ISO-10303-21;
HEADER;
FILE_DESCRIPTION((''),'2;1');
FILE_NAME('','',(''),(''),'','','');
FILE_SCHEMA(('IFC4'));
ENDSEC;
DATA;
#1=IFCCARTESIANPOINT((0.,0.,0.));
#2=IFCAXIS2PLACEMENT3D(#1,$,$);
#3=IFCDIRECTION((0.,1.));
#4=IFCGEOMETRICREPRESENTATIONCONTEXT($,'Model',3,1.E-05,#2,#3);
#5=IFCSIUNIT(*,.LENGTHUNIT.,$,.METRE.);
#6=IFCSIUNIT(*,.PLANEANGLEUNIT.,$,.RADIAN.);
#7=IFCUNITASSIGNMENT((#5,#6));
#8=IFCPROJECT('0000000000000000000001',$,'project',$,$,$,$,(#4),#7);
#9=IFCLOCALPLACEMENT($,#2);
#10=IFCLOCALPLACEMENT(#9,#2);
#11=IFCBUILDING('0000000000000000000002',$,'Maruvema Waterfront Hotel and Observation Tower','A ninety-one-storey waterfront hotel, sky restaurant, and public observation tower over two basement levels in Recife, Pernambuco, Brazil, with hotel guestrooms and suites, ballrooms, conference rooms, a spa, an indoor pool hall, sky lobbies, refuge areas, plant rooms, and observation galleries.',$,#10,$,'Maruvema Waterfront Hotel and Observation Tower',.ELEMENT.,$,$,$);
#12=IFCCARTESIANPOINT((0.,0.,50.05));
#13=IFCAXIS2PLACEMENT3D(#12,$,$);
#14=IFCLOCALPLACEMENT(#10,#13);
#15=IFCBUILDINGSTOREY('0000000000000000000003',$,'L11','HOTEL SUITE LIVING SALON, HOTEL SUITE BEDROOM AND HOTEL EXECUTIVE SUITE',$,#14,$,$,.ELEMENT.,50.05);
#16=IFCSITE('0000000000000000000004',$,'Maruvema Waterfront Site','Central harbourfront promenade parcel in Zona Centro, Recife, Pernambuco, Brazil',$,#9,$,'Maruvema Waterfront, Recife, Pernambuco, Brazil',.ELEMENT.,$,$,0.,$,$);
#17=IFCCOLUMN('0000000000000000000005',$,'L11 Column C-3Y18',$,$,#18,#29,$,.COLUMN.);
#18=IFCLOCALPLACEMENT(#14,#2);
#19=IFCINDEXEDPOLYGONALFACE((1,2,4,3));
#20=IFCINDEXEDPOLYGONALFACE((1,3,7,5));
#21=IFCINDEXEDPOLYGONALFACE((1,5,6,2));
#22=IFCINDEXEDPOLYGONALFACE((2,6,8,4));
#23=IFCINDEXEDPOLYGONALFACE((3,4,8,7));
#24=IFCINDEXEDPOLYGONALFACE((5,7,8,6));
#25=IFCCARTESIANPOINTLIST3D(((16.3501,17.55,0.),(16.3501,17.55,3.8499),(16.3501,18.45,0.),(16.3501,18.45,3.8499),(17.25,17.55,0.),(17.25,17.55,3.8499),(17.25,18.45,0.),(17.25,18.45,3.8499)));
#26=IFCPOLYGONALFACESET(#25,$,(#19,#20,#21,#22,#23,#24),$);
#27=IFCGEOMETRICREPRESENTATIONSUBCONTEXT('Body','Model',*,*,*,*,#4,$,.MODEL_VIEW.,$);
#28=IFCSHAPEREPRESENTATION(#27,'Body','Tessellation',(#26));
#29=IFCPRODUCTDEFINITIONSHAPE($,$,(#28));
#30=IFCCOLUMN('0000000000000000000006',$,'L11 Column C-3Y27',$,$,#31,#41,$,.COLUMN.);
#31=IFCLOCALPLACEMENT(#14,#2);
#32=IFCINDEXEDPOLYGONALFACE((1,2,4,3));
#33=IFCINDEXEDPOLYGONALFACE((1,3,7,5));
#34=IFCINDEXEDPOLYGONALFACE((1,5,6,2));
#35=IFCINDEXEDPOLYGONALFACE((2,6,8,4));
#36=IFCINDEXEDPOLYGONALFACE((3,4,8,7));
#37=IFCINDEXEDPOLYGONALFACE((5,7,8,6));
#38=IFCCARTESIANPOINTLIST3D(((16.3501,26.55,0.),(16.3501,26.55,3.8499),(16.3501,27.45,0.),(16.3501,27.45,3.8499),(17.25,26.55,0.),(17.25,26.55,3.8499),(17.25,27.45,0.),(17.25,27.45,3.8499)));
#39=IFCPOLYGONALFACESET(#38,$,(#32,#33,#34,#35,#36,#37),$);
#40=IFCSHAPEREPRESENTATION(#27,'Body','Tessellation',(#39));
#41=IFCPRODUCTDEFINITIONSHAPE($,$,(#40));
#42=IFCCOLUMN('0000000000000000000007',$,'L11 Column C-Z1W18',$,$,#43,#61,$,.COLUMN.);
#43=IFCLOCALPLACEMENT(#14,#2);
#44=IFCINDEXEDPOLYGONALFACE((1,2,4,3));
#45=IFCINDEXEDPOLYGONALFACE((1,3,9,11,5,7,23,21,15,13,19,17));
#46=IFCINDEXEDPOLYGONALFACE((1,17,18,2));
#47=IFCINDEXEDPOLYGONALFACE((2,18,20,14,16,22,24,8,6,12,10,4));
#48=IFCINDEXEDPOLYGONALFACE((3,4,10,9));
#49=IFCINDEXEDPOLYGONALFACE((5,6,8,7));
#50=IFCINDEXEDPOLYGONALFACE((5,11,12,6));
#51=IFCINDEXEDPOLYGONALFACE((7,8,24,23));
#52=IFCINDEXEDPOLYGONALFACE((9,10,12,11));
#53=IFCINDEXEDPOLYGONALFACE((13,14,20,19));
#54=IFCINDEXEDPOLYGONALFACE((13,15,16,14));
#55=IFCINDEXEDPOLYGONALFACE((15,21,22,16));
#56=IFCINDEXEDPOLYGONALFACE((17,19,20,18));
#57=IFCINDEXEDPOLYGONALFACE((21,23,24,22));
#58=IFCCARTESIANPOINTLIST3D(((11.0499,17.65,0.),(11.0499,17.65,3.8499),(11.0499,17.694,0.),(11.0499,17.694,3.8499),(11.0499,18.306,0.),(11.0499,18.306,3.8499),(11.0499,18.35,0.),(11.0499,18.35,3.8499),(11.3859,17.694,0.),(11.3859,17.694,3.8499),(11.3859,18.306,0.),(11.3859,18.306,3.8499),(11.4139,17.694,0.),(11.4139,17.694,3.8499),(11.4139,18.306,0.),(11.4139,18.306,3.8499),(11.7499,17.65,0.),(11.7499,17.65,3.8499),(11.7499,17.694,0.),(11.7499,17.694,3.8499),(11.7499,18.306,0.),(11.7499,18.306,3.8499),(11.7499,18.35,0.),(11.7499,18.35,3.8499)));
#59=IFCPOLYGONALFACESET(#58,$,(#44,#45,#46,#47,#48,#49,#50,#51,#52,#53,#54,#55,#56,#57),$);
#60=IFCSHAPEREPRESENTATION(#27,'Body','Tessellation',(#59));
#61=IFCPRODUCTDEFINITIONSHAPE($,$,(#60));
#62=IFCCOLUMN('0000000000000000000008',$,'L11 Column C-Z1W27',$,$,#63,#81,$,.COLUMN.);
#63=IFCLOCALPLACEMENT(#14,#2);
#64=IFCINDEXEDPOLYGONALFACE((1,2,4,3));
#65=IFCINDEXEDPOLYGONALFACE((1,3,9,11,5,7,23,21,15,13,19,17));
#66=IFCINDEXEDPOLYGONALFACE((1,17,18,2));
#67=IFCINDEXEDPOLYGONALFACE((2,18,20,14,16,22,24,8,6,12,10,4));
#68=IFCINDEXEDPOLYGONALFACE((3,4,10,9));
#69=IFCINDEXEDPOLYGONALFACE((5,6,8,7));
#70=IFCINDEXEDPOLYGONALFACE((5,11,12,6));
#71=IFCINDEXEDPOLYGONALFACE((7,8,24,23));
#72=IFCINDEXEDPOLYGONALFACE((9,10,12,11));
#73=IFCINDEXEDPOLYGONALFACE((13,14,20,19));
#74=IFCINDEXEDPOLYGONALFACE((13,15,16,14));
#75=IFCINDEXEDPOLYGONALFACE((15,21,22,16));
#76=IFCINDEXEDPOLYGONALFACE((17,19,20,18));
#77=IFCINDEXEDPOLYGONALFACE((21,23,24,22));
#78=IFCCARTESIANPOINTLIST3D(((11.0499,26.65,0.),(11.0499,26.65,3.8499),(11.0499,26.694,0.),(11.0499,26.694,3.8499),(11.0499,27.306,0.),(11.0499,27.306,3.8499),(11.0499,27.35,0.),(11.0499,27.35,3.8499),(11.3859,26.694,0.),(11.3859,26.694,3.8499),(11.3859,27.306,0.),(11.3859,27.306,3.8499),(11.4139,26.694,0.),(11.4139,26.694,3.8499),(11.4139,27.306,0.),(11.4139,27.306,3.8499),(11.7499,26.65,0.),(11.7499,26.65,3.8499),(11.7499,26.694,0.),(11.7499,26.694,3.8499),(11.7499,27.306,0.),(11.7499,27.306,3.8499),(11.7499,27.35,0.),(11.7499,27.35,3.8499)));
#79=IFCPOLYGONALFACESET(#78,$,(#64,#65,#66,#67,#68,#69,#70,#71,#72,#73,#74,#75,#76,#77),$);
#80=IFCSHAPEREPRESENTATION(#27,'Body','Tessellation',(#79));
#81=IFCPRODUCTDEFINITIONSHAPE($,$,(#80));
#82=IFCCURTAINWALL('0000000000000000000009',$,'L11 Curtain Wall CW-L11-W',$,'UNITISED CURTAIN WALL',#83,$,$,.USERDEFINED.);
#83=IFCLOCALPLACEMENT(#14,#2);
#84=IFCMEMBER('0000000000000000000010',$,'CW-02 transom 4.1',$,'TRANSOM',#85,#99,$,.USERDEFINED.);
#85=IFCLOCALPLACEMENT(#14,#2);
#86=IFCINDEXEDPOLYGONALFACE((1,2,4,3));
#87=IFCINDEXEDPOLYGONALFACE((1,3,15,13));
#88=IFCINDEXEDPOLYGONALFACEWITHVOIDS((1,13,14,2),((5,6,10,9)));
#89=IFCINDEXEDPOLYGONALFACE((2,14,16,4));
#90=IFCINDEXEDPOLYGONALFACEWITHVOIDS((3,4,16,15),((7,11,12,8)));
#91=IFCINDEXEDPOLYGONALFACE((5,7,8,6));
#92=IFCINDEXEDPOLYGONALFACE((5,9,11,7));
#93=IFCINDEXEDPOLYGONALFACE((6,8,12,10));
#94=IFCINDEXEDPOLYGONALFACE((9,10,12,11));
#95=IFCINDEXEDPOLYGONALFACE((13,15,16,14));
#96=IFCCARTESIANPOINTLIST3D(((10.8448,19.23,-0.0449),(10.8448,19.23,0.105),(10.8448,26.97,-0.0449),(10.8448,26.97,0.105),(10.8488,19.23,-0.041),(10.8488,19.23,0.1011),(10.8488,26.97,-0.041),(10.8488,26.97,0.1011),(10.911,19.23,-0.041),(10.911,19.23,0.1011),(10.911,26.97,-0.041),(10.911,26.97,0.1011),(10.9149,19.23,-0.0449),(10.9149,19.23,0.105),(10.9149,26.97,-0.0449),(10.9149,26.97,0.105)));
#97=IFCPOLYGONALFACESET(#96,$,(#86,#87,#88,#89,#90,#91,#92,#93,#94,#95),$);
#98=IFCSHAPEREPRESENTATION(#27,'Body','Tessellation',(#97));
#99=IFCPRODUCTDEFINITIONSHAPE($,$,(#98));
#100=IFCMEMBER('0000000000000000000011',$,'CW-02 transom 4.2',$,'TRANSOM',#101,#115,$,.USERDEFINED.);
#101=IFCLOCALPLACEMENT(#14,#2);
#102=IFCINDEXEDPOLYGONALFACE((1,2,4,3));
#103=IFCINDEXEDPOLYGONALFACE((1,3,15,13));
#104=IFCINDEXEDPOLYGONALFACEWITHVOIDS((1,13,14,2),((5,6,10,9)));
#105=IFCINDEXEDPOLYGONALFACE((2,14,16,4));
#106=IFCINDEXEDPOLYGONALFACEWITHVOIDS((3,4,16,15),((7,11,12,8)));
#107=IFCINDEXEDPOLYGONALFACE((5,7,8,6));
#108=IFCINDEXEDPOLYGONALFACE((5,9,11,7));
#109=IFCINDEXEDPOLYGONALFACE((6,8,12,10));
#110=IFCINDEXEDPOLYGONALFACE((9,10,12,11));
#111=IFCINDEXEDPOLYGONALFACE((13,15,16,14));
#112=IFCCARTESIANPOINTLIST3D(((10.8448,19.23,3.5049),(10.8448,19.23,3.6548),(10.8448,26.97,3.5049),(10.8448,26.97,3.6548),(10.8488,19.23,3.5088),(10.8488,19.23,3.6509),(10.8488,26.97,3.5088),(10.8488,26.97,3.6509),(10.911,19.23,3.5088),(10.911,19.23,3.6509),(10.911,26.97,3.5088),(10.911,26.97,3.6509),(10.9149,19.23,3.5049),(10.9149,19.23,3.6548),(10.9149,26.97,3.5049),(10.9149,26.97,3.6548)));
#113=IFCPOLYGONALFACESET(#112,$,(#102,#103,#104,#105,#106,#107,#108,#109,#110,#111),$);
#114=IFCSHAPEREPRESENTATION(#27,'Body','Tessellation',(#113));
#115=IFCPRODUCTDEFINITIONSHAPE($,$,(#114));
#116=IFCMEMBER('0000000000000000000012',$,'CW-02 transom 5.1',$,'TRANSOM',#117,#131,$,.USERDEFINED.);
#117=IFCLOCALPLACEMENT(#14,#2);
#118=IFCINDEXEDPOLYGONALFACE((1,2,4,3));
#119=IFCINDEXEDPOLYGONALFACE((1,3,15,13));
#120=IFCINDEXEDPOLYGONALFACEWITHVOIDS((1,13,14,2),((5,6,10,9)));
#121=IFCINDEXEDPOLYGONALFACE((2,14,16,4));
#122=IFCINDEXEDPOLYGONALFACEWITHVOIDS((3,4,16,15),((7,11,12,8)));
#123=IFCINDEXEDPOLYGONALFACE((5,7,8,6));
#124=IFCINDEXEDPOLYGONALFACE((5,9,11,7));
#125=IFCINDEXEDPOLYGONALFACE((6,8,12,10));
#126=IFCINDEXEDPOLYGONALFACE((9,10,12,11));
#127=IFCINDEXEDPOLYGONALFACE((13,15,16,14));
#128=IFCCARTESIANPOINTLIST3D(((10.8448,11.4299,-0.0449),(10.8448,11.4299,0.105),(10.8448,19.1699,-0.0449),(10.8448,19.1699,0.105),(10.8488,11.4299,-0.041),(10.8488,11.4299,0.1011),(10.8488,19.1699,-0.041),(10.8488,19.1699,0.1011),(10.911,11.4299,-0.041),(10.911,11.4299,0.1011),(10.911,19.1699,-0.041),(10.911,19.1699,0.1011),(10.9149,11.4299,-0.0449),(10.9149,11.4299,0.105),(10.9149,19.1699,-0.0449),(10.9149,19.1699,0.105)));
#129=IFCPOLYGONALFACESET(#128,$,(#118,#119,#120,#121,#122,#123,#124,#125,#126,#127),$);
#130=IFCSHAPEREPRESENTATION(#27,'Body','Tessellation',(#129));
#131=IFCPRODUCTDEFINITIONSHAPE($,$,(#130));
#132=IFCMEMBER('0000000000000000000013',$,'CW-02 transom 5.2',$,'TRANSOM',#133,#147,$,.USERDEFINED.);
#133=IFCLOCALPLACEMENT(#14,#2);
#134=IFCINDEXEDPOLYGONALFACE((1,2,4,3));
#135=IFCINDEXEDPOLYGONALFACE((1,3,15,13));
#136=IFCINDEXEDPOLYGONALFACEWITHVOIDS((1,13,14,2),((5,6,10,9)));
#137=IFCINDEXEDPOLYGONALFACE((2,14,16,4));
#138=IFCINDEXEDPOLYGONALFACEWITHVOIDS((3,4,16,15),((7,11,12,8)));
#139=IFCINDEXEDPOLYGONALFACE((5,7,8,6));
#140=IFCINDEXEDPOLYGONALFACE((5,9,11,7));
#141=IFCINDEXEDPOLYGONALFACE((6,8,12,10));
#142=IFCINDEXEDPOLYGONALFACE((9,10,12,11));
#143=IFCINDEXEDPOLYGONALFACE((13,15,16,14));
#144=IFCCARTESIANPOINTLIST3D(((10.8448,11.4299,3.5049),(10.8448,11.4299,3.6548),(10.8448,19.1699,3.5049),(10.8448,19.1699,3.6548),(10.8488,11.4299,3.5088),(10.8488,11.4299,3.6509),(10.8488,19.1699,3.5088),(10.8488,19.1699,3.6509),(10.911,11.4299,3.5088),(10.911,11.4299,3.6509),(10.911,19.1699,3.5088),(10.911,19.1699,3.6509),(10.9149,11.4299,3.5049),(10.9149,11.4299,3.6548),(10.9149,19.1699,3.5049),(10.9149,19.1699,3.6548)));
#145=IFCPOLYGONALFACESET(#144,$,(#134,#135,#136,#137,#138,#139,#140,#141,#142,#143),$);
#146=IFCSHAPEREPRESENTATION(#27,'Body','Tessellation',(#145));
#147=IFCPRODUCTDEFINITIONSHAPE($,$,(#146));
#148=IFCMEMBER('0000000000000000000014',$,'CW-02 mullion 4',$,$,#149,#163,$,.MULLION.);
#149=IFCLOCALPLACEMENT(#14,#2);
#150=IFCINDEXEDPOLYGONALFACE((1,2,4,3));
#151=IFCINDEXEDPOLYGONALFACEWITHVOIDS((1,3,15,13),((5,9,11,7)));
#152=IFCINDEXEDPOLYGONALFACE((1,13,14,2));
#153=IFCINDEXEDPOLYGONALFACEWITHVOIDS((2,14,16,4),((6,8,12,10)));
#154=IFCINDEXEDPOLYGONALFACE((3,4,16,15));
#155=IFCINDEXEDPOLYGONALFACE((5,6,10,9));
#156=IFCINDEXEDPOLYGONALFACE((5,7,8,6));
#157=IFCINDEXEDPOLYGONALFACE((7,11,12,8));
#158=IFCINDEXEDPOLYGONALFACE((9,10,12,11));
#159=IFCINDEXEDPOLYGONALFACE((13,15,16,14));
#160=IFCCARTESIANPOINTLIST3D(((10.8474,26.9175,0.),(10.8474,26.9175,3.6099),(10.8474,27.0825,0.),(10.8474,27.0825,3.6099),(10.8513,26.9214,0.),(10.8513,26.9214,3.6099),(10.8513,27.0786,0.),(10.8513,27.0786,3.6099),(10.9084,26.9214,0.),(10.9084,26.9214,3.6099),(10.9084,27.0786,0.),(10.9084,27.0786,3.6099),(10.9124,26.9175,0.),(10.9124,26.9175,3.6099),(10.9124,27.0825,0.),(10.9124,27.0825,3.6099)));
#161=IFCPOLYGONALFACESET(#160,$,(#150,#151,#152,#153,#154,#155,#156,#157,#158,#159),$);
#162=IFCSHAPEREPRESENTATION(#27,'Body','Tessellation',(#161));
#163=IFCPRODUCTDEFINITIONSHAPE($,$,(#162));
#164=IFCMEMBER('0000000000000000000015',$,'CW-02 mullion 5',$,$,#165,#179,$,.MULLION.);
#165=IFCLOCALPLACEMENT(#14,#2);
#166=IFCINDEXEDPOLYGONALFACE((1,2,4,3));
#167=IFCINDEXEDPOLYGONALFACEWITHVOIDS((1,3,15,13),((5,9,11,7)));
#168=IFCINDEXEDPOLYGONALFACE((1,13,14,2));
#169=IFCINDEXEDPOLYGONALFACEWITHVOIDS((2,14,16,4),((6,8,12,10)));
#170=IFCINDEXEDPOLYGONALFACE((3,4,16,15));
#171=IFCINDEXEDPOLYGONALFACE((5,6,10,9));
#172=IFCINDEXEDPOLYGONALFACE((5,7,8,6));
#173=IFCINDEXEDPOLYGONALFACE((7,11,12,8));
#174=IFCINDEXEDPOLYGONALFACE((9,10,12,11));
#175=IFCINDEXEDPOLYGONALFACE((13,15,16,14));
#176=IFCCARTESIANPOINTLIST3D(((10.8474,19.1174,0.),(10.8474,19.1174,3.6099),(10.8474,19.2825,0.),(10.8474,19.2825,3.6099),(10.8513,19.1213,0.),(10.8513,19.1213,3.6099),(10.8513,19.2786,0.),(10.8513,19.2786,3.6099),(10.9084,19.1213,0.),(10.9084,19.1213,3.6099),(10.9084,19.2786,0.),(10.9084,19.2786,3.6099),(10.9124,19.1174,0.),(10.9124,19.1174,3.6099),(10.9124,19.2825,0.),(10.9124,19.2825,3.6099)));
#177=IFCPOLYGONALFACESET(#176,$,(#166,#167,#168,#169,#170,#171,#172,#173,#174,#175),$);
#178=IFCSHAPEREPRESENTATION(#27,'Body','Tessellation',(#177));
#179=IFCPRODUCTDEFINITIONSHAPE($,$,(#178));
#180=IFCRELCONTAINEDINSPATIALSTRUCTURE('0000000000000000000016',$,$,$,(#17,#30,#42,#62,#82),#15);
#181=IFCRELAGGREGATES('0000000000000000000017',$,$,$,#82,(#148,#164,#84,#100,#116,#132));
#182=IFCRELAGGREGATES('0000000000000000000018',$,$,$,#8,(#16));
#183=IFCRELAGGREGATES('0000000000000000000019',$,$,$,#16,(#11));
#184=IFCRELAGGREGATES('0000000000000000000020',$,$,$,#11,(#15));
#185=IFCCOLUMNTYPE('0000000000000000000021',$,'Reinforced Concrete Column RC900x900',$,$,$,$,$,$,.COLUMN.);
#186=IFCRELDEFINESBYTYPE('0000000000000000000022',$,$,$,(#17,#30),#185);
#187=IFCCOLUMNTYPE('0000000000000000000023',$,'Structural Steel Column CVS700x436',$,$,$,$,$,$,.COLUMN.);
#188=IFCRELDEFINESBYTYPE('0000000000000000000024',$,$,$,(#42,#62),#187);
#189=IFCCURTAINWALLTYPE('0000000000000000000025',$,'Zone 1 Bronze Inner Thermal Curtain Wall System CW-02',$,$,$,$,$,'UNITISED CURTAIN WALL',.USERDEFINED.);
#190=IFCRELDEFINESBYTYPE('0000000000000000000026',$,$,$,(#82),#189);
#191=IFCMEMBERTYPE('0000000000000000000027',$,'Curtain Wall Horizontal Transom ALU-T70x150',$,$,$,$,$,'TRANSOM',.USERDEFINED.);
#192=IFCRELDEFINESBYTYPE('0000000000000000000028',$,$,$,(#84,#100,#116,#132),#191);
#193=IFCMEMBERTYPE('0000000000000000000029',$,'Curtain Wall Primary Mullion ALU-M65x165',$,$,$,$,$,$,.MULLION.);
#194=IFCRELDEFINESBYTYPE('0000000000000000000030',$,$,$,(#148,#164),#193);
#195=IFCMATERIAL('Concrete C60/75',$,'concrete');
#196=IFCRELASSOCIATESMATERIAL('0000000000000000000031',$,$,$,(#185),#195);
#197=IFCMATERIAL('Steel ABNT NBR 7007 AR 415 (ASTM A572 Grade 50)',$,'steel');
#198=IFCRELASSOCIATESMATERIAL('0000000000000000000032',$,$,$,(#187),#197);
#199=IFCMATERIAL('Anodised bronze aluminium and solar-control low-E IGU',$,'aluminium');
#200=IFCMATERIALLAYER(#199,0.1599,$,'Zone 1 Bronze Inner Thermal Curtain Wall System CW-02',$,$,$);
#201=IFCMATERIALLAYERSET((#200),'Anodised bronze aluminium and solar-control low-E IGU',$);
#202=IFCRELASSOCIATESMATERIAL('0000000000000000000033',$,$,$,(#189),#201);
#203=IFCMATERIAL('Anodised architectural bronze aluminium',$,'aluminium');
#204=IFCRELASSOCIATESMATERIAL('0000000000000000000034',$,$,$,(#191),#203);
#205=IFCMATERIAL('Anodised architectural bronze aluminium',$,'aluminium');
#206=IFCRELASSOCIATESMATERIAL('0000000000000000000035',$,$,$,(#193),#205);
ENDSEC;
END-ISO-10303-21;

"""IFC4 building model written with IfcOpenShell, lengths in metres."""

from ifc_helpers import new_model, si_unit, direction, frame, origin, origin_2d, place, context, subcontext, project, spatial, rectangle, hollow_rectangle, i_section, extrude, material, layer, layer_set, material_profile, profile_set, type_object, element, aggregate, save


model = new_model("IFC4")

# Units and contexts
model_context = context("Model", 3, precision=1e-05, world=origin(), true_north=direction((0.0, 1.0)))
body_context = subcontext(model_context, "Body", "Model", "MODEL_VIEW")
ifc_project = project(units=[si_unit("LENGTHUNIT", "METRE"), si_unit("PLANEANGLEUNIT", "RADIAN")], contexts=[model_context])

# Site, building, storey
site_placement = place(None, origin())
site = spatial("IfcSite", under=ifc_project, at=site_placement, Name="Maruvema Waterfront Site", Description="Central harbourfront promenade parcel in Zona Centro, Recife, Pernambuco, Brazil", LongName="Maruvema Waterfront, Recife, Pernambuco, Brazil", CompositionType="ELEMENT", RefElevation=0.0)
building_placement = place(site_placement, origin())
building = spatial("IfcBuilding", under=site, at=building_placement, Name="Maruvema Waterfront Hotel and Observation Tower", Description="A ninety-one-storey waterfront hotel, sky restaurant, and public observation tower over two basement levels in Recife, Pernambuco, Brazil, with hotel guestrooms and suites, ballrooms, conference rooms, a spa, an indoor pool hall, sky lobbies, refuge areas, plant rooms, and observation galleries.", LongName="Maruvema Waterfront Hotel and Observation Tower", CompositionType="ELEMENT")
storey_placement = place(building_placement, frame((0.0, 0.0, 50.05)))
storey = spatial("IfcBuildingStorey", under=building, at=storey_placement, Name="L11", Description="HOTEL SUITE LIVING SALON, HOTEL SUITE BEDROOM AND HOTEL EXECUTIVE SUITE", CompositionType="ELEMENT", Elevation=50.05)

# Columns
ifc_material_1 = material(Name="Concrete C60/75", Category="concrete")
ifc_material_profile_1 = material_profile(ifc_material_1, rectangle(XDim=0.8999, YDim=0.8999, at=origin_2d()), Name="RC900x900")
ifc_profile_set_1 = profile_set([ifc_material_profile_1], Name="Concrete C60/75")
column_type_1 = type_object("IfcColumnType", Name="Reinforced Concrete Column RC900x900", PredefinedType="COLUMN", material=ifc_profile_set_1)
for number, where, z_axis, x_axis, name in (
    (1, (16.8, 18.0, 0.0), (0.0, 0.0, 1.0), (1.0, 0.0, 0.0), "L11 Column C-3Y18"),
    (2, (16.8, 27.0, 0.0), (0.0, 0.0, 1.0), (1.0, 0.0, 0.0), "L11 Column C-3Y27"),
):
    element("IfcColumn", number, at=place(storey_placement, frame(where, z_axis=z_axis, x_axis=x_axis)), inside=storey, type_object=column_type_1, Name=name, PredefinedType="COLUMN", context=body_context, shape_type="SweptSolid", body=[
        extrude(rectangle(XDim=0.8999, YDim=0.8999, at=origin_2d()), origin(), (0.0, 0.0, 1.0), 3.8499),
    ])
ifc_material_2 = material(Name="Steel ABNT NBR 7007 AR 415 (ASTM A572 Grade 50)", Category="steel")
ifc_material_profile_2 = material_profile(ifc_material_2, i_section(OverallWidth=0.7, OverallDepth=0.7, WebThickness=0.0281, FlangeThickness=0.0439, at=origin_2d()), Name="CVS700x436")
ifc_profile_set_2 = profile_set([ifc_material_profile_2], Name="Steel ABNT NBR 7007 AR 415 (ASTM A572 Grade 50)")
column_type_2 = type_object("IfcColumnType", Name="Structural Steel Column CVS700x436", PredefinedType="COLUMN", material=ifc_profile_set_2)
for number, where, z_axis, x_axis, name in (
    (3, (11.3999, 18.0, 0.0), (0.0, 0.0, 1.0), (1.0, 0.0, 0.0), "L11 Column C-Z1W18"),
    (4, (11.3999, 27.0, 0.0), (0.0, 0.0, 1.0), (1.0, 0.0, 0.0), "L11 Column C-Z1W27"),
):
    element("IfcColumn", number, at=place(storey_placement, frame(where, z_axis=z_axis, x_axis=x_axis)), inside=storey, type_object=column_type_2, Name=name, PredefinedType="COLUMN", context=body_context, shape_type="SweptSolid", body=[
        extrude(i_section(OverallWidth=0.7, OverallDepth=0.7, WebThickness=0.0281, FlangeThickness=0.0439, at=origin_2d()), origin(), (0.0, 0.0, 1.0), 3.8499),
    ])

# Curtain wall, members
ifc_material_3 = material(Name="Anodised bronze aluminium and solar-control low-E IGU", Category="aluminium")
ifc_layer_1 = layer(ifc_material_3, 0.1599, Name="Zone 1 Bronze Inner Thermal Curtain Wall System CW-02")
ifc_layer_set_1 = layer_set([ifc_layer_1], Name="Anodised bronze aluminium and solar-control low-E IGU")
curtain_wall_type = type_object("IfcCurtainWallType", Name="Zone 1 Bronze Inner Thermal Curtain Wall System CW-02", ElementType="UNITISED CURTAIN WALL", PredefinedType="USERDEFINED", material=ifc_layer_set_1)
curtain_wall_placement = place(storey_placement, origin())
curtain_wall = element("IfcCurtainWall", 5, at=curtain_wall_placement, inside=storey, type_object=curtain_wall_type, Name="L11 Curtain Wall CW-L11-W", ObjectType="UNITISED CURTAIN WALL", PredefinedType="USERDEFINED")
ifc_material_4 = material(Name="Anodised architectural bronze aluminium", Category="aluminium")
ifc_material_profile_3 = material_profile(ifc_material_4, hollow_rectangle(XDim=0.0701, YDim=0.1499, WallThickness=0.0039, at=origin_2d()), Name="ALU-T70x150")
ifc_profile_set_3 = profile_set([ifc_material_profile_3], Name="Anodised architectural bronze aluminium")
member_type_1 = type_object("IfcMemberType", Name="Curtain Wall Horizontal Transom ALU-T70x150", ElementType="TRANSOM", PredefinedType="USERDEFINED", material=ifc_profile_set_3)
member_1_placement = place(storey_placement, frame((10.8799, 26.97, 0.03), z_axis=(0.0, -1.0, 0.0), x_axis=(1.0, 0.0, 0.0)))
member_1 = element("IfcMember", 6, at=member_1_placement, type_object=member_type_1, Name="CW-02 transom 4.1", ObjectType="TRANSOM", PredefinedType="USERDEFINED", context=body_context, shape_type="SweptSolid", body=[
    extrude(hollow_rectangle(XDim=0.0701, YDim=0.1499, WallThickness=0.0039, at=origin_2d()), origin(), (0.0, 0.0, 1.0), 7.74),
])
member_2_placement = place(storey_placement, frame((10.8799, 26.97, 3.5798), z_axis=(0.0, -1.0, 0.0), x_axis=(1.0, 0.0, 0.0)))
member_2 = element("IfcMember", 7, at=member_2_placement, type_object=member_type_1, Name="CW-02 transom 4.2", ObjectType="TRANSOM", PredefinedType="USERDEFINED", context=body_context, shape_type="SweptSolid", body=[
    extrude(hollow_rectangle(XDim=0.0701, YDim=0.1499, WallThickness=0.0039, at=origin_2d()), origin(), (0.0, 0.0, 1.0), 7.74),
])
member_3_placement = place(storey_placement, frame((10.8799, 19.1699, 0.03), z_axis=(0.0, -1.0, 0.0), x_axis=(1.0, 0.0, 0.0)))
member_3 = element("IfcMember", 8, at=member_3_placement, type_object=member_type_1, Name="CW-02 transom 5.1", ObjectType="TRANSOM", PredefinedType="USERDEFINED", context=body_context, shape_type="SweptSolid", body=[
    extrude(hollow_rectangle(XDim=0.0701, YDim=0.1499, WallThickness=0.0039, at=origin_2d()), origin(), (0.0, 0.0, 1.0), 7.74),
])
member_4_placement = place(storey_placement, frame((10.8799, 19.1699, 3.5798), z_axis=(0.0, -1.0, 0.0), x_axis=(1.0, 0.0, 0.0)))
member_4 = element("IfcMember", 9, at=member_4_placement, type_object=member_type_1, Name="CW-02 transom 5.2", ObjectType="TRANSOM", PredefinedType="USERDEFINED", context=body_context, shape_type="SweptSolid", body=[
    extrude(hollow_rectangle(XDim=0.0701, YDim=0.1499, WallThickness=0.0039, at=origin_2d()), origin(), (0.0, 0.0, 1.0), 7.74),
])
ifc_material_5 = material(Name="Anodised architectural bronze aluminium", Category="aluminium")
ifc_material_profile_4 = material_profile(ifc_material_5, hollow_rectangle(XDim=0.0649, YDim=0.165, WallThickness=0.0039, at=origin_2d()), Name="ALU-M65x165")
ifc_profile_set_4 = profile_set([ifc_material_profile_4], Name="Anodised architectural bronze aluminium")
member_type_2 = type_object("IfcMemberType", Name="Curtain Wall Primary Mullion ALU-M65x165", PredefinedType="MULLION", material=ifc_profile_set_4)
member_5_placement = place(storey_placement, frame((10.8799, 27.0, 0.0), z_axis=(0.0, 0.0, 1.0), x_axis=(1.0, 0.0, 0.0)))
member_5 = element("IfcMember", 10, at=member_5_placement, type_object=member_type_2, Name="CW-02 mullion 4", PredefinedType="MULLION", context=body_context, shape_type="SweptSolid", body=[
    extrude(hollow_rectangle(XDim=0.0649, YDim=0.165, WallThickness=0.0039, at=origin_2d()), origin(), (0.0, 0.0, 1.0), 3.6099),
])
member_6_placement = place(storey_placement, frame((10.8799, 19.2, 0.0), z_axis=(0.0, 0.0, 1.0), x_axis=(1.0, 0.0, 0.0)))
member_6 = element("IfcMember", 11, at=member_6_placement, type_object=member_type_2, Name="CW-02 mullion 5", PredefinedType="MULLION", context=body_context, shape_type="SweptSolid", body=[
    extrude(hollow_rectangle(XDim=0.0649, YDim=0.165, WallThickness=0.0039, at=origin_2d()), origin(), (0.0, 0.0, 1.0), 3.6099),
])

aggregate(curtain_wall, [member_5, member_6, member_1, member_2, member_3, member_4])

save(model, "model.ifc")
